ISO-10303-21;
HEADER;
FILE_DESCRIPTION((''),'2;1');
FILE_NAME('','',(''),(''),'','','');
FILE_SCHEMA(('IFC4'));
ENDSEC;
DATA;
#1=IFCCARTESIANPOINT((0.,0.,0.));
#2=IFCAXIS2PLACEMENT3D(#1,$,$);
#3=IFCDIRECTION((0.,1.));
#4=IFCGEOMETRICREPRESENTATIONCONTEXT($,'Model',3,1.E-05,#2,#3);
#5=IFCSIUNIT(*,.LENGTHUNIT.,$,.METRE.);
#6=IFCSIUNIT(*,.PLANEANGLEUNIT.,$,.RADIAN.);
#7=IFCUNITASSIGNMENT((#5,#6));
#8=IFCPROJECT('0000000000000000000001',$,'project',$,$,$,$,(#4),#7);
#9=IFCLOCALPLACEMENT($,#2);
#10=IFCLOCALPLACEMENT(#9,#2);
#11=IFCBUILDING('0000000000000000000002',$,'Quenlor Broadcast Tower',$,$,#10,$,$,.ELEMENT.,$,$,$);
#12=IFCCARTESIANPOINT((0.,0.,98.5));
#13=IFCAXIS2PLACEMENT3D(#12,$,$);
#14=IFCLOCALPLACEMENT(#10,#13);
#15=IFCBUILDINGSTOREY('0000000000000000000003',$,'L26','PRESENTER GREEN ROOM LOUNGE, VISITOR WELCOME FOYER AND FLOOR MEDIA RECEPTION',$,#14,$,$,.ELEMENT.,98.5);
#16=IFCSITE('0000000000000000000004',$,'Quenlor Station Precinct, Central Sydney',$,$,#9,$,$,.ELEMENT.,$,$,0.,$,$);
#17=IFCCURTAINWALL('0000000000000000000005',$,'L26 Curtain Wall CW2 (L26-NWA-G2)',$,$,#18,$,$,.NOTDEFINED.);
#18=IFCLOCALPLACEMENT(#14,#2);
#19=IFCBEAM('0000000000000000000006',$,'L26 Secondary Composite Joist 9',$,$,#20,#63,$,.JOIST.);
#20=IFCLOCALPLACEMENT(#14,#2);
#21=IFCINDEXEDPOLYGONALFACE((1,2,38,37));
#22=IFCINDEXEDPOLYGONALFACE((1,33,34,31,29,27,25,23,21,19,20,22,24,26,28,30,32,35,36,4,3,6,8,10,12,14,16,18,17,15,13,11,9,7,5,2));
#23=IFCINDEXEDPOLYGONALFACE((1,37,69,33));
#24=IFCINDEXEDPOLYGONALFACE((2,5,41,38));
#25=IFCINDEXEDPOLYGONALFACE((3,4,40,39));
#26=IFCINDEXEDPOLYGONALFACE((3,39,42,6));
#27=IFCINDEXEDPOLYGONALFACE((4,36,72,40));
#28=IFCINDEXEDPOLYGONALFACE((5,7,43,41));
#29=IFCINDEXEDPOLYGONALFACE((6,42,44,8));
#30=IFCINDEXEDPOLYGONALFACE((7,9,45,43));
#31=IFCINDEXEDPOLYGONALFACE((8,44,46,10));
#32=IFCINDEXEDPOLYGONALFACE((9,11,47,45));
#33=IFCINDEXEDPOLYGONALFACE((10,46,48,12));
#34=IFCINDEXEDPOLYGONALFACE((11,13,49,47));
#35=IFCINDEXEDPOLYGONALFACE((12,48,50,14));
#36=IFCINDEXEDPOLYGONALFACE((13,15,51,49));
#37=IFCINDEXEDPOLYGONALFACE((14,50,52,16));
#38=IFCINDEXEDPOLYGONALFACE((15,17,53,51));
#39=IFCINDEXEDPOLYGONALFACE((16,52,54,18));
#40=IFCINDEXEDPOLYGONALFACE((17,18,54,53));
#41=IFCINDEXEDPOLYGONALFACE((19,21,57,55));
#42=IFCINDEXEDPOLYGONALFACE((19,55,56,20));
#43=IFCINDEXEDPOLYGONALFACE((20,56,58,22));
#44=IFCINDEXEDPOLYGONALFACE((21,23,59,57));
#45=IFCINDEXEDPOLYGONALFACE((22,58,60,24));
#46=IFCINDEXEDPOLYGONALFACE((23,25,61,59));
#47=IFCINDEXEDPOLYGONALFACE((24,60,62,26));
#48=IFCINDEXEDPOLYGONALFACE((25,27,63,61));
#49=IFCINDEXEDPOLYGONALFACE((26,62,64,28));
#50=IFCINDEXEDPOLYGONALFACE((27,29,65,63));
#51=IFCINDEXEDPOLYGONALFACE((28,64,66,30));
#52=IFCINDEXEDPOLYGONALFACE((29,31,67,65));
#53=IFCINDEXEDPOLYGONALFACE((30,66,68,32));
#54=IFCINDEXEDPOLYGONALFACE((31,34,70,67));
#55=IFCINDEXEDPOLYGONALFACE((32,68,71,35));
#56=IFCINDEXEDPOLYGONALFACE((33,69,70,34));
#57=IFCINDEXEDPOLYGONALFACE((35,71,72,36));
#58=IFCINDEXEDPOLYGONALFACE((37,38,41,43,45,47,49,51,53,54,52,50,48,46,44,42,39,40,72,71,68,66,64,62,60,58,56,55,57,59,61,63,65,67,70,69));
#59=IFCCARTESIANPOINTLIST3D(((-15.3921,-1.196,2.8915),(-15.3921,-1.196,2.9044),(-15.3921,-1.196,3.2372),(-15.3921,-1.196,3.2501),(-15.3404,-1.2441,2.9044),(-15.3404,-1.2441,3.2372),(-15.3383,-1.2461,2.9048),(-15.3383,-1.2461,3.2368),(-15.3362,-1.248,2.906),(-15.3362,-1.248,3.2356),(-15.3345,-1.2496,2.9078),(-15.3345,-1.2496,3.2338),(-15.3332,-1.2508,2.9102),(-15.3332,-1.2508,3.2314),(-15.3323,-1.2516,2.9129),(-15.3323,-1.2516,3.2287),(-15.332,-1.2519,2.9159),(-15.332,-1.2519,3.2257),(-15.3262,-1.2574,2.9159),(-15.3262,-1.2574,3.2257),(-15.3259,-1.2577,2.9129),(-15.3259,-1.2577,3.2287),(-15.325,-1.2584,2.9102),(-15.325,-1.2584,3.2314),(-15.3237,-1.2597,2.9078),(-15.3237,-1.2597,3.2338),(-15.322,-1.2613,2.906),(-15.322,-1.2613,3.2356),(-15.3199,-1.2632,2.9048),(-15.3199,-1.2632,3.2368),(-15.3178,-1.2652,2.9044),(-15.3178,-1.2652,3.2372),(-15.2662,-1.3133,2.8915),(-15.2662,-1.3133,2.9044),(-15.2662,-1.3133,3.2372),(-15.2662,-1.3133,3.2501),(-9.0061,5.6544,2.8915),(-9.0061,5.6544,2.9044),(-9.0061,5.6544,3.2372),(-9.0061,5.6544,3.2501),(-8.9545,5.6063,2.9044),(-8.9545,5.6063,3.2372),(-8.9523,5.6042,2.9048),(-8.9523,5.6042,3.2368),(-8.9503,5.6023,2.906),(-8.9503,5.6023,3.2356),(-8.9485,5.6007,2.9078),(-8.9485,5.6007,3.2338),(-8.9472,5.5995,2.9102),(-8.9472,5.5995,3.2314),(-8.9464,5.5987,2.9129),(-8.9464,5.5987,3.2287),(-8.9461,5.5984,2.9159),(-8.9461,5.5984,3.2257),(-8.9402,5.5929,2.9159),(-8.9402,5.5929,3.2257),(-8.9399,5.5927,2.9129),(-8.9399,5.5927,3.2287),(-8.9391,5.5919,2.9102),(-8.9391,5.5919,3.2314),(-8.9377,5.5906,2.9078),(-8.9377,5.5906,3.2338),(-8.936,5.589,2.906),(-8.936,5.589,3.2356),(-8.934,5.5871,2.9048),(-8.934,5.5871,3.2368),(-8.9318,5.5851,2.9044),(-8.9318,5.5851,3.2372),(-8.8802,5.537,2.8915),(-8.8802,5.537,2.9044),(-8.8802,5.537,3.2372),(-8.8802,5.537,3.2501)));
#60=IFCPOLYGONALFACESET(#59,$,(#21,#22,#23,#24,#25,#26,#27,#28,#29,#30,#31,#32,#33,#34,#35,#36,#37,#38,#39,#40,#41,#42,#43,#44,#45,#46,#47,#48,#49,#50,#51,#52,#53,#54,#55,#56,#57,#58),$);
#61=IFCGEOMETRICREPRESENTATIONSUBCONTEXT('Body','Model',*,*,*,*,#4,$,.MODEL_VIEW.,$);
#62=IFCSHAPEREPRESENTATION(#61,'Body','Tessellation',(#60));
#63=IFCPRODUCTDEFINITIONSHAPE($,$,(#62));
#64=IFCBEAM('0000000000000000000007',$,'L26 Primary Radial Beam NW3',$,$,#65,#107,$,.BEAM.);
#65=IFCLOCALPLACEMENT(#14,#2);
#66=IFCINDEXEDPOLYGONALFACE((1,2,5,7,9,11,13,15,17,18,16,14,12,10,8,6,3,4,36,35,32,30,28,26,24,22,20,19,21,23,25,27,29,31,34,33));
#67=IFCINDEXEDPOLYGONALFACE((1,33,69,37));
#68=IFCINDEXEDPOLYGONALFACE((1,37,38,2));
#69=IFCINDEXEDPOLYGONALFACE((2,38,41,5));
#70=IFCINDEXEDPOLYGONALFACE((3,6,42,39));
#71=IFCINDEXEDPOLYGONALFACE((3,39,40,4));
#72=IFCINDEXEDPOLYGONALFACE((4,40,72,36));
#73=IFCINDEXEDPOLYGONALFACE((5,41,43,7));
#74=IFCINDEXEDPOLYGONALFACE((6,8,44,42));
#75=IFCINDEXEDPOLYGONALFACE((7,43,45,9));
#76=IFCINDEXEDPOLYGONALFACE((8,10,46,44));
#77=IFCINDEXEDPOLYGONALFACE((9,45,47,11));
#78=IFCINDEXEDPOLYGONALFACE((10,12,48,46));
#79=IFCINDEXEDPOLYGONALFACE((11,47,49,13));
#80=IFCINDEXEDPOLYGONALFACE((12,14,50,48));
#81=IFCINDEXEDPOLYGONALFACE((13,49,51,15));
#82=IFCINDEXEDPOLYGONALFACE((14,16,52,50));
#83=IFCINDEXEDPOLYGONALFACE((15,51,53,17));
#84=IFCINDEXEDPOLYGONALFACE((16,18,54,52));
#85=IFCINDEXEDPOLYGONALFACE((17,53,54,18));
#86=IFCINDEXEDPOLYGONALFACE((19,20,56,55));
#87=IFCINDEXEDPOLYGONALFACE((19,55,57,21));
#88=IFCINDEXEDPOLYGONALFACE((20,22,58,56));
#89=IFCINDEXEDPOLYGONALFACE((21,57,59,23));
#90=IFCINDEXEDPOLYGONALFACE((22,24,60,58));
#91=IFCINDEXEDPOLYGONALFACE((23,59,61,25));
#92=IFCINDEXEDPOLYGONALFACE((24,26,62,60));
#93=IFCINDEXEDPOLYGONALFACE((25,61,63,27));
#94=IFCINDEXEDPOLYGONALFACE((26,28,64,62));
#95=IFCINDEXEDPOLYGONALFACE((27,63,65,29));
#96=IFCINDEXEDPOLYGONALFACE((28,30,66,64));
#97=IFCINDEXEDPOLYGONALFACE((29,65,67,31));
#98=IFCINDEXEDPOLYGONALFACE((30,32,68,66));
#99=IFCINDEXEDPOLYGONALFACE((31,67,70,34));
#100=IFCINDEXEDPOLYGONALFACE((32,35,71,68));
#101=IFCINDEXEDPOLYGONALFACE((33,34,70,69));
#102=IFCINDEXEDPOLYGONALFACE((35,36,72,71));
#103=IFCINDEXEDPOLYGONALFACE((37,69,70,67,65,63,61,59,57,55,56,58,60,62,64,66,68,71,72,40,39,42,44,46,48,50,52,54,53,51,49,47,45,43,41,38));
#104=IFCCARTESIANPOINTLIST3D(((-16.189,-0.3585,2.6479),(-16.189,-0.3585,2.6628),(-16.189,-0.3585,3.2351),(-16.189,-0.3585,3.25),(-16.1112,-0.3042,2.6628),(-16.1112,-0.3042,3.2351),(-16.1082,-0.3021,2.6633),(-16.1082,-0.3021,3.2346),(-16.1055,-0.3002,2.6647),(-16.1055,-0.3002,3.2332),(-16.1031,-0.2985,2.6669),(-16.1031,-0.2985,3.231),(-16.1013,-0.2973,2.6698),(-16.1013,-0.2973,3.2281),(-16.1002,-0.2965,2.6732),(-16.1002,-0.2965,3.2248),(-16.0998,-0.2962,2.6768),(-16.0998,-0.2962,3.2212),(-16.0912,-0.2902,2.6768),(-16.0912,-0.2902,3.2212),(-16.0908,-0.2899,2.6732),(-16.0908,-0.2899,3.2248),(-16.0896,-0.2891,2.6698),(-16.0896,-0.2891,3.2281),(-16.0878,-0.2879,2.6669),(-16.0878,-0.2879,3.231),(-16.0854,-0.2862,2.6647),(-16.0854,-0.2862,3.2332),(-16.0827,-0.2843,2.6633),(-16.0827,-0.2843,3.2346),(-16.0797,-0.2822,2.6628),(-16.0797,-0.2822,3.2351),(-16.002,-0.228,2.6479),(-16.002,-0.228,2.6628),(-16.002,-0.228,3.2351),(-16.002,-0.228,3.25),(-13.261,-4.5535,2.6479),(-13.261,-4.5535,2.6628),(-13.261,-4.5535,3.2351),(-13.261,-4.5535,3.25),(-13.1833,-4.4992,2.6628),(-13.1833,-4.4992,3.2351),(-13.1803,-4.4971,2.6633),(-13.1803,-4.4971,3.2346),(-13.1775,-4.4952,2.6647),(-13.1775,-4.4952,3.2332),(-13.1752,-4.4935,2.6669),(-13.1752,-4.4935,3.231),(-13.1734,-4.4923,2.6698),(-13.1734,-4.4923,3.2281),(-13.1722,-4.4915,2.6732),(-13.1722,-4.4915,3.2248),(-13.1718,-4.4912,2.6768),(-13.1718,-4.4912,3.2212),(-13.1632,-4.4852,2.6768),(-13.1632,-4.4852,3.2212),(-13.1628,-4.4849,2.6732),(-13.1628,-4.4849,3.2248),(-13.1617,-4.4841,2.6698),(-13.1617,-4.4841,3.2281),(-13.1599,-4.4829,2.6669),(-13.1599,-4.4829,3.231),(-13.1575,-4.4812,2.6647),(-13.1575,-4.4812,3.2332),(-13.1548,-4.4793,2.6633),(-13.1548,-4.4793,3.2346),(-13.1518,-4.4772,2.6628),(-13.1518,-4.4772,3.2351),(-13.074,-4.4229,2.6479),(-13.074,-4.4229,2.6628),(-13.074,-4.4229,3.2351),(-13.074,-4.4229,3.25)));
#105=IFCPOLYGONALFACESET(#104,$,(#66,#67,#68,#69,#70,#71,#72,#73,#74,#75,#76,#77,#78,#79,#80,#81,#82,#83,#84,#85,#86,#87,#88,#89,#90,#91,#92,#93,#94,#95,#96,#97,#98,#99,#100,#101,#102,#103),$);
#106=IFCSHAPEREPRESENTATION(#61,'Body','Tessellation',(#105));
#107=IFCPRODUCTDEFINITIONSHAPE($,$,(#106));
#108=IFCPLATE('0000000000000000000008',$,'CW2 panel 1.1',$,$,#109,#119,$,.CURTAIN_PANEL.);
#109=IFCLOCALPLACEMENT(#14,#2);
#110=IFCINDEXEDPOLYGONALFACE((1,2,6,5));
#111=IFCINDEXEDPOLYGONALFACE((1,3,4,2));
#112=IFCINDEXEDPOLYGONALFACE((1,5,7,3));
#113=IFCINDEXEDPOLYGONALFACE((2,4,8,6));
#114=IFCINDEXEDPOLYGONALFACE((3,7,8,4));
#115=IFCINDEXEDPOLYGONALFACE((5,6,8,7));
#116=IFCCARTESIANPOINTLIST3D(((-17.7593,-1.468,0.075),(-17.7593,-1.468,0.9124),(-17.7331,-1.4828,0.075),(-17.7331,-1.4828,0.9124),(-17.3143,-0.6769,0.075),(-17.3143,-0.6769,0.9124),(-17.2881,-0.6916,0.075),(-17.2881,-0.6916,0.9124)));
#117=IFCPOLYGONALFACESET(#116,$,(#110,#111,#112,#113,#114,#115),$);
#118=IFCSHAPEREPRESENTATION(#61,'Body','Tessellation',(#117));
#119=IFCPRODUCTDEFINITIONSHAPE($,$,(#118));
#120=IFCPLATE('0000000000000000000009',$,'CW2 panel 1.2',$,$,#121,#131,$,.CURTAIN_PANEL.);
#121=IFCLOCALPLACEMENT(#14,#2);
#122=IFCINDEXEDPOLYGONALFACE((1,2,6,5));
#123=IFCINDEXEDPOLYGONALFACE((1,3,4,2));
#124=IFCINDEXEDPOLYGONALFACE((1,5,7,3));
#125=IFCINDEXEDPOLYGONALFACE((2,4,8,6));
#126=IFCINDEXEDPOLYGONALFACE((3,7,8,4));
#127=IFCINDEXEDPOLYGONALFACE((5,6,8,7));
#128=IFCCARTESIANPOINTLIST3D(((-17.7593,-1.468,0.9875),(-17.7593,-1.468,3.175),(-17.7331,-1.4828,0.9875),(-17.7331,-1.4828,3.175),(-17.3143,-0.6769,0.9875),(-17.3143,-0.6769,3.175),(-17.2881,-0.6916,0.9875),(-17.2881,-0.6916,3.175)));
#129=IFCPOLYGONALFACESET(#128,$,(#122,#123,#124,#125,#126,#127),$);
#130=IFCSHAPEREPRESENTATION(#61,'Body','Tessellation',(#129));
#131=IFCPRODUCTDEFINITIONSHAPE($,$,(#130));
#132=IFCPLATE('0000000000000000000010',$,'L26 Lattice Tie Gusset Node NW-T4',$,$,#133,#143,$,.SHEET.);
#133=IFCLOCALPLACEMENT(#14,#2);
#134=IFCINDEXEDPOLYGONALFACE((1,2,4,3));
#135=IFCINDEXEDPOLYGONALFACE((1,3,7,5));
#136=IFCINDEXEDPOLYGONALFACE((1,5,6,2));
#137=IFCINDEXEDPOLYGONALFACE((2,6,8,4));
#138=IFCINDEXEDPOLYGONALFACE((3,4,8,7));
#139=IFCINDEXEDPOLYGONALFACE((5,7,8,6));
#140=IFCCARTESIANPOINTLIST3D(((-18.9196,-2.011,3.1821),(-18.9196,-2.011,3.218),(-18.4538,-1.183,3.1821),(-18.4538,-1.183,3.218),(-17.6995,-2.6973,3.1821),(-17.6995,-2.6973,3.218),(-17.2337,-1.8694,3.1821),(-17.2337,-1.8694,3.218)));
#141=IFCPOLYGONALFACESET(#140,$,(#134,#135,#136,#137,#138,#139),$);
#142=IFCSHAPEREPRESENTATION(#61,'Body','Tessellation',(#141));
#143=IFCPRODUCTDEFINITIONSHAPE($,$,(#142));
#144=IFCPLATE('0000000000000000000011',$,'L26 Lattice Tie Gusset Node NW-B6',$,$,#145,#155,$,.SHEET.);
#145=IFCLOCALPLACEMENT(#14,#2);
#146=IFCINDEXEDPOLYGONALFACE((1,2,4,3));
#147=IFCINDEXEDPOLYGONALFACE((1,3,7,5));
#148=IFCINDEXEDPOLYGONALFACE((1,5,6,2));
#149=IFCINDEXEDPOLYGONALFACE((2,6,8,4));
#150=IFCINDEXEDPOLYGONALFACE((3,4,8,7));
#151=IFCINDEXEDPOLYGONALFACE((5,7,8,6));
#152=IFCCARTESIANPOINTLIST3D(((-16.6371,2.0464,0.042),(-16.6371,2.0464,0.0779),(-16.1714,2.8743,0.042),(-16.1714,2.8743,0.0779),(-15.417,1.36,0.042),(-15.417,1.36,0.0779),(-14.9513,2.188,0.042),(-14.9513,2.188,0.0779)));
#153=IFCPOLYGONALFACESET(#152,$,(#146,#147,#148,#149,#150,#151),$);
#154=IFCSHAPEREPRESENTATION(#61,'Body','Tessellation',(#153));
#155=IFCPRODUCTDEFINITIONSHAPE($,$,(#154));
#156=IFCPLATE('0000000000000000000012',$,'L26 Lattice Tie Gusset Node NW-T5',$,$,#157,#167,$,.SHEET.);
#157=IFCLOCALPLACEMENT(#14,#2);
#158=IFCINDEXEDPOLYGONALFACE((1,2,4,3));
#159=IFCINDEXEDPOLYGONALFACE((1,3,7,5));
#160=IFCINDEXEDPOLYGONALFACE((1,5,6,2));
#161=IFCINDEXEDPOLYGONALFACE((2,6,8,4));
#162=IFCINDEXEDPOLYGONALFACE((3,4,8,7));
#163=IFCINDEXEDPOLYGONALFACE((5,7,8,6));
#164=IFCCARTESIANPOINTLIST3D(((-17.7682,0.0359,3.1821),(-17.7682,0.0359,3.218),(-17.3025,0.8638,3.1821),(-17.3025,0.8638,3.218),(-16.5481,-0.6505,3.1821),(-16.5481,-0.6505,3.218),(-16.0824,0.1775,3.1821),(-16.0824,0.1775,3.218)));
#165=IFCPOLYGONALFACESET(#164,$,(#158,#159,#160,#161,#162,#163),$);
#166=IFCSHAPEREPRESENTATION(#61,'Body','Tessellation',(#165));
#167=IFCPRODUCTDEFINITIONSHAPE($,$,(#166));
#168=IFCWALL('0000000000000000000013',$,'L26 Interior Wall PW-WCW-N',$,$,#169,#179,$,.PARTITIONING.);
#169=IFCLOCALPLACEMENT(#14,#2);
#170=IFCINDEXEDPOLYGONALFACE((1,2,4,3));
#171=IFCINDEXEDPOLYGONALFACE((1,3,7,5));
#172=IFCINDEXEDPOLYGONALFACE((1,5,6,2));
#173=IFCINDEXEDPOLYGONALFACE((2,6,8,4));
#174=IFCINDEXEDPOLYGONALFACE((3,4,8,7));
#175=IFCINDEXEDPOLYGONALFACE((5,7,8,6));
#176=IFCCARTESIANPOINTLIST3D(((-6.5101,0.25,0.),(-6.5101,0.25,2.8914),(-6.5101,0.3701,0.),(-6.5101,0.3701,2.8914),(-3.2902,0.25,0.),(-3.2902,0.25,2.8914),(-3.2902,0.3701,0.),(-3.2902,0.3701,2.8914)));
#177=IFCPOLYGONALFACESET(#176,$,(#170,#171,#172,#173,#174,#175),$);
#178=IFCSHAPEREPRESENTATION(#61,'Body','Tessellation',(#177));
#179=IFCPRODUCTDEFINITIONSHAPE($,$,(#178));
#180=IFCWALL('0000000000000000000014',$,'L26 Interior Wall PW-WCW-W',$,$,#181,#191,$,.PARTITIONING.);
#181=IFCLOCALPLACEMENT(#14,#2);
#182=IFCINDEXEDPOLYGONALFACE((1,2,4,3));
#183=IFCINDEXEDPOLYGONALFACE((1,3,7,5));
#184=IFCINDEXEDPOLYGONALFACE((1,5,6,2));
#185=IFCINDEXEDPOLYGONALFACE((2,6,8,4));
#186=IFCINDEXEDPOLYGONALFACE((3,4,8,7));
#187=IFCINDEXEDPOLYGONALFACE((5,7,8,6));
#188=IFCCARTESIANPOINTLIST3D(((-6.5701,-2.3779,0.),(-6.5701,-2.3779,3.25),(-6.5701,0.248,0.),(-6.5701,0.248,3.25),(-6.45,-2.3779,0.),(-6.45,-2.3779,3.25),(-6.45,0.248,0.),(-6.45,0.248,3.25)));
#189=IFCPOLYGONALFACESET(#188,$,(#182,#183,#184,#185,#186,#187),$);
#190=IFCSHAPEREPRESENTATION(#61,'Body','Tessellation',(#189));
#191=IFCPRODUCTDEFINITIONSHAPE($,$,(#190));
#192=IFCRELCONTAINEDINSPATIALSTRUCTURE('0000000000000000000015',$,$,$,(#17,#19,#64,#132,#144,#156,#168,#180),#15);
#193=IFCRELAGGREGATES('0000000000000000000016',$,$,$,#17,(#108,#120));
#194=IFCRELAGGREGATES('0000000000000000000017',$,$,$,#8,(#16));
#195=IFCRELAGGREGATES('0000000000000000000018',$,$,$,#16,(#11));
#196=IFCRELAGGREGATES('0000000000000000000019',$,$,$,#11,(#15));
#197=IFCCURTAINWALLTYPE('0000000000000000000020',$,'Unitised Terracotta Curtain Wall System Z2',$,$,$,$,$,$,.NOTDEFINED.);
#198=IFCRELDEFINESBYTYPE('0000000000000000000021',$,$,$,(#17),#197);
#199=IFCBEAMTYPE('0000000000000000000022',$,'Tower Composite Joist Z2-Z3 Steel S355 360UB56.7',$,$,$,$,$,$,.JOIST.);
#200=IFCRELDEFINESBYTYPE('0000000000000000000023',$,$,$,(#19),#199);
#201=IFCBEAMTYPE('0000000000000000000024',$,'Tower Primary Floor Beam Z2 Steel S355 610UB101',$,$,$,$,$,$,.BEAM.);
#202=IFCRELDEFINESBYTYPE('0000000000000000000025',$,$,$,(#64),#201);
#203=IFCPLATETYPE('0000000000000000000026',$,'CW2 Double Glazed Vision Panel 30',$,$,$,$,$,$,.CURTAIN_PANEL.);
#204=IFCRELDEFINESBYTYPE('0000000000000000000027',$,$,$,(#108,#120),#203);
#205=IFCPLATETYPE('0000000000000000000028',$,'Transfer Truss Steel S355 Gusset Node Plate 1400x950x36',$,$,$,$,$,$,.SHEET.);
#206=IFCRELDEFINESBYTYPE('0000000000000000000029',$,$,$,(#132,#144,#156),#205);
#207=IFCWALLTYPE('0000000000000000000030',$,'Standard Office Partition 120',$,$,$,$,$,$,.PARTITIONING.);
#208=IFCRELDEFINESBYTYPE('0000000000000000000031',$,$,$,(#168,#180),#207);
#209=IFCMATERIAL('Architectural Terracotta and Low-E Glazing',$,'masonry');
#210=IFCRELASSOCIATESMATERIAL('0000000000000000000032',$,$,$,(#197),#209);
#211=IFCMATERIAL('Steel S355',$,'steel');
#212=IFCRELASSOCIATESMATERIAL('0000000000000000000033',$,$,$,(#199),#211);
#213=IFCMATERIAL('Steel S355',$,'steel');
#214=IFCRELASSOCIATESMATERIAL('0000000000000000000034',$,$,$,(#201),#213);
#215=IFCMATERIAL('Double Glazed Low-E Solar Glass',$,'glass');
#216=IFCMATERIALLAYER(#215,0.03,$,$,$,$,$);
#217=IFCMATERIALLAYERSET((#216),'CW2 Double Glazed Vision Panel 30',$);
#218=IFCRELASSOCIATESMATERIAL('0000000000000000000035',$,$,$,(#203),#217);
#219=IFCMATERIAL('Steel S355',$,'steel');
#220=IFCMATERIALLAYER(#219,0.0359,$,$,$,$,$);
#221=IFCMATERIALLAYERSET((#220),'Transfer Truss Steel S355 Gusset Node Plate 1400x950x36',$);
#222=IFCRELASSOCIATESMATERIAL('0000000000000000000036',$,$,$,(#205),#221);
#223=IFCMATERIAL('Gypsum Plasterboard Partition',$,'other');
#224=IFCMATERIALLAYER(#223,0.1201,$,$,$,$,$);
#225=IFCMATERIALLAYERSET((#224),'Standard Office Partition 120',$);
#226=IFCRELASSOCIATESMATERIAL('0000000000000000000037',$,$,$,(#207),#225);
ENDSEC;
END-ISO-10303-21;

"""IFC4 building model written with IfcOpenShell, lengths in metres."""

from ifc_helpers import new_model, si_unit, direction, frame, frame_2d, origin, origin_2d, place, context, subcontext, project, spatial, rectangle, i_section, extrude, material, layer, layer_set, material_profile, profile_set, type_object, element, aggregate, save


model = new_model("IFC4")

# Units and contexts
model_context = context("Model", 3, precision=1e-05, world=origin(), true_north=direction((0.0, 1.0)))
body_context = subcontext(model_context, "Body", "Model", "MODEL_VIEW")
ifc_project = project(units=[si_unit("LENGTHUNIT", "METRE"), si_unit("PLANEANGLEUNIT", "RADIAN")], contexts=[model_context])

# Site, building, storey
site_placement = place(None, origin())
site = spatial("IfcSite", under=ifc_project, at=site_placement, Name="Quenlor Station Precinct, Central Sydney", CompositionType="ELEMENT", RefElevation=0.0)
building_placement = place(site_placement, origin())
building = spatial("IfcBuilding", under=site, at=building_placement, Name="Quenlor Broadcast Tower", CompositionType="ELEMENT")
storey_placement = place(building_placement, frame((0.0, 0.0, 98.5)))
storey = spatial("IfcBuildingStorey", under=building, at=storey_placement, Name="L26", Description="PRESENTER GREEN ROOM LOUNGE, VISITOR WELCOME FOYER AND FLOOR MEDIA RECEPTION", CompositionType="ELEMENT", Elevation=98.5)

# Curtain wall
ifc_material_1 = material(Name="Architectural Terracotta and Low-E Glazing", Category="masonry")
curtain_wall_type = type_object("IfcCurtainWallType", Name="Unitised Terracotta Curtain Wall System Z2", PredefinedType="NOTDEFINED", material=ifc_material_1)
curtain_wall_placement = place(storey_placement, origin())
curtain_wall = element("IfcCurtainWall", 1, at=curtain_wall_placement, inside=storey, type_object=curtain_wall_type, Name="L26 Curtain Wall CW2 (L26-NWA-G2)", PredefinedType="NOTDEFINED")

# Beams
ifc_material_2 = material(Name="Steel S355", Category="steel")
ifc_material_profile_1 = material_profile(ifc_material_2, i_section(OverallWidth=0.1721, OverallDepth=0.3586, WebThickness=0.0081, FlangeThickness=0.0129, FilletRadius=0.0115, at=origin_2d()))
ifc_profile_set_1 = profile_set([ifc_material_profile_1], Name="Steel S355 360UB56.7")
beam_type_1 = type_object("IfcBeamType", Name="Tower Composite Joist Z2-Z3 Steel S355 360UB56.7", PredefinedType="JOIST", material=ifc_profile_set_1)
beam_1_placement = place(storey_placement, frame((-15.3291, -1.2546, 3.0708), z_axis=(0.681881, 0.731463, 0.0), x_axis=(-0.731463, 0.681881, 0.0)))
element("IfcBeam", 2, at=beam_1_placement, inside=storey, type_object=beam_type_1, Name="L26 Secondary Composite Joist 9", PredefinedType="JOIST", context=body_context, shape_type="SweptSolid", body=[
    extrude(i_section(OverallWidth=0.1721, OverallDepth=0.3586, WebThickness=0.0081, FlangeThickness=0.0129, FilletRadius=0.0115, at=origin_2d()), origin(), (0.0, 0.0, 1.0), 9.3652),
])
ifc_material_3 = material(Name="Steel S355", Category="steel")
ifc_material_profile_2 = material_profile(ifc_material_3, i_section(OverallWidth=0.228, OverallDepth=0.6021, WebThickness=0.0105, FlangeThickness=0.0149, FilletRadius=0.0139, at=origin_2d()))
ifc_profile_set_2 = profile_set([ifc_material_profile_2], Name="Steel S355 610UB101")
beam_type_2 = type_object("IfcBeamType", Name="Tower Primary Floor Beam Z2 Steel S355 610UB101", PredefinedType="BEAM", material=ifc_profile_set_2)
beam_2_placement = place(storey_placement, frame((-16.0955, -0.2932, 2.949), z_axis=(0.572338, -0.820018, 0.0), x_axis=(0.820018, 0.572338, 0.0)))
element("IfcBeam", 3, at=beam_2_placement, inside=storey, type_object=beam_type_2, Name="L26 Primary Radial Beam NW3", PredefinedType="BEAM", context=body_context, shape_type="SweptSolid", body=[
    extrude(i_section(OverallWidth=0.228, OverallDepth=0.6021, WebThickness=0.0105, FlangeThickness=0.0149, FilletRadius=0.0139, at=origin_2d()), origin(), (0.0, 0.0, 1.0), 5.1157),
])

# Plates
ifc_material_4 = material(Name="Double Glazed Low-E Solar Glass", Category="glass")
ifc_layer_1 = layer(ifc_material_4, 0.03)
ifc_layer_set_1 = layer_set([ifc_layer_1], Name="CW2 Double Glazed Vision Panel 30")
plate_type_1 = type_object("IfcPlateType", Name="CW2 Double Glazed Vision Panel 30", PredefinedType="CURTAIN_PANEL", material=ifc_layer_set_1)
plate_1_placement = place(storey_placement, frame((-17.5237, -1.0798, 0.075), z_axis=(0.0, 0.0, 1.0), x_axis=(0.490252, 0.871581, 0.0)))
plate_1 = element("IfcPlate", 4, at=plate_1_placement, type_object=plate_type_1, Name="CW2 panel 1.1", PredefinedType="CURTAIN_PANEL", context=body_context, shape_type="SweptSolid", body=[
    extrude(rectangle(XDim=0.9077, YDim=0.03, at=origin_2d()), origin(), (0.0, 0.0, 1.0), 0.8374),
])
plate_2_placement = place(storey_placement, frame((-17.5237, -1.0798, 0.9875), z_axis=(0.0, 0.0, 1.0), x_axis=(0.490252, 0.871581, 0.0)))
plate_2 = element("IfcPlate", 5, at=plate_2_placement, type_object=plate_type_1, Name="CW2 panel 1.2", PredefinedType="CURTAIN_PANEL", context=body_context, shape_type="SweptSolid", body=[
    extrude(rectangle(XDim=0.9077, YDim=0.03, at=origin_2d()), origin(), (0.0, 0.0, 1.0), 2.1875),
])
aggregate(curtain_wall, [plate_1, plate_2])

# Plates
ifc_material_5 = material(Name="Steel S355", Category="steel")
ifc_layer_2 = layer(ifc_material_5, 0.0359)
ifc_layer_set_2 = layer_set([ifc_layer_2], Name="Transfer Truss Steel S355 Gusset Node Plate 1400x950x36")
plate_type_2 = type_object("IfcPlateType", Name="Transfer Truss Steel S355 Gusset Node Plate 1400x950x36", PredefinedType="SHEET", material=ifc_layer_set_2)
for number, where, z_axis, x_axis, name in (
    (6, (-18.0767, -1.9402, 3.1821), (0.0, 0.0, 1.0), (-0.871556, 0.490295, 0.0), "L26 Lattice Tie Gusset Node NW-T4"),
    (7, (-15.7942, 2.1172, 0.042), (0.0, 0.0, 1.0), (-0.871556, 0.490295, 0.0), "L26 Lattice Tie Gusset Node NW-B6"),
    (8, (-16.9253, 0.1067, 3.1821), (0.0, 0.0, 1.0), (-0.871556, 0.490295, 0.0), "L26 Lattice Tie Gusset Node NW-T5"),
):
    element("IfcPlate", number, at=place(storey_placement, frame(where, z_axis=z_axis, x_axis=x_axis)), inside=storey, type_object=plate_type_2, Name=name, PredefinedType="SHEET", context=body_context, shape_type="SweptSolid", body=[
        extrude(rectangle(XDim=1.3999, YDim=0.95, at=origin_2d()), origin(), (0.0, 0.0, 1.0), 0.0359),
    ])

# Walls
ifc_material_6 = material(Name="Gypsum Plasterboard Partition", Category="other")
ifc_layer_3 = layer(ifc_material_6, 0.1201)
ifc_layer_set_3 = layer_set([ifc_layer_3], Name="Standard Office Partition 120")
wall_type_1 = type_object("IfcWallType", Name="Standard Office Partition 120", PredefinedType="PARTITIONING", material=ifc_layer_set_3)
wall_1_placement = place(storey_placement, frame((-6.51, 0.3101, 0.0), z_axis=(0.0, 0.0, 1.0), x_axis=(1.0, 0.0, 0.0)))
element("IfcWall", 9, at=wall_1_placement, inside=storey, type_object=wall_type_1, Name="L26 Interior Wall PW-WCW-N", PredefinedType="PARTITIONING", context=body_context, shape_type="SweptSolid", body=[
    extrude(rectangle(XDim=3.22, YDim=0.1201, at=frame_2d((1.6099, 0.0))), origin(), (0.0, 0.0, 1.0), 2.8914),
])
wall_2_placement = place(storey_placement, frame((-6.51, -2.3779, 0.0), z_axis=(0.0, 0.0, 1.0), x_axis=(0.0, 1.0, 0.0)))
element("IfcWall", 10, at=wall_2_placement, inside=storey, type_object=wall_type_1, Name="L26 Interior Wall PW-WCW-W", PredefinedType="PARTITIONING", context=body_context, shape_type="SweptSolid", body=[
    extrude(rectangle(XDim=2.626, YDim=0.1201, at=frame_2d((1.313, 0.0))), origin(), (0.0, 0.0, 1.0), 3.25),
])

save(model, "model.ifc")
